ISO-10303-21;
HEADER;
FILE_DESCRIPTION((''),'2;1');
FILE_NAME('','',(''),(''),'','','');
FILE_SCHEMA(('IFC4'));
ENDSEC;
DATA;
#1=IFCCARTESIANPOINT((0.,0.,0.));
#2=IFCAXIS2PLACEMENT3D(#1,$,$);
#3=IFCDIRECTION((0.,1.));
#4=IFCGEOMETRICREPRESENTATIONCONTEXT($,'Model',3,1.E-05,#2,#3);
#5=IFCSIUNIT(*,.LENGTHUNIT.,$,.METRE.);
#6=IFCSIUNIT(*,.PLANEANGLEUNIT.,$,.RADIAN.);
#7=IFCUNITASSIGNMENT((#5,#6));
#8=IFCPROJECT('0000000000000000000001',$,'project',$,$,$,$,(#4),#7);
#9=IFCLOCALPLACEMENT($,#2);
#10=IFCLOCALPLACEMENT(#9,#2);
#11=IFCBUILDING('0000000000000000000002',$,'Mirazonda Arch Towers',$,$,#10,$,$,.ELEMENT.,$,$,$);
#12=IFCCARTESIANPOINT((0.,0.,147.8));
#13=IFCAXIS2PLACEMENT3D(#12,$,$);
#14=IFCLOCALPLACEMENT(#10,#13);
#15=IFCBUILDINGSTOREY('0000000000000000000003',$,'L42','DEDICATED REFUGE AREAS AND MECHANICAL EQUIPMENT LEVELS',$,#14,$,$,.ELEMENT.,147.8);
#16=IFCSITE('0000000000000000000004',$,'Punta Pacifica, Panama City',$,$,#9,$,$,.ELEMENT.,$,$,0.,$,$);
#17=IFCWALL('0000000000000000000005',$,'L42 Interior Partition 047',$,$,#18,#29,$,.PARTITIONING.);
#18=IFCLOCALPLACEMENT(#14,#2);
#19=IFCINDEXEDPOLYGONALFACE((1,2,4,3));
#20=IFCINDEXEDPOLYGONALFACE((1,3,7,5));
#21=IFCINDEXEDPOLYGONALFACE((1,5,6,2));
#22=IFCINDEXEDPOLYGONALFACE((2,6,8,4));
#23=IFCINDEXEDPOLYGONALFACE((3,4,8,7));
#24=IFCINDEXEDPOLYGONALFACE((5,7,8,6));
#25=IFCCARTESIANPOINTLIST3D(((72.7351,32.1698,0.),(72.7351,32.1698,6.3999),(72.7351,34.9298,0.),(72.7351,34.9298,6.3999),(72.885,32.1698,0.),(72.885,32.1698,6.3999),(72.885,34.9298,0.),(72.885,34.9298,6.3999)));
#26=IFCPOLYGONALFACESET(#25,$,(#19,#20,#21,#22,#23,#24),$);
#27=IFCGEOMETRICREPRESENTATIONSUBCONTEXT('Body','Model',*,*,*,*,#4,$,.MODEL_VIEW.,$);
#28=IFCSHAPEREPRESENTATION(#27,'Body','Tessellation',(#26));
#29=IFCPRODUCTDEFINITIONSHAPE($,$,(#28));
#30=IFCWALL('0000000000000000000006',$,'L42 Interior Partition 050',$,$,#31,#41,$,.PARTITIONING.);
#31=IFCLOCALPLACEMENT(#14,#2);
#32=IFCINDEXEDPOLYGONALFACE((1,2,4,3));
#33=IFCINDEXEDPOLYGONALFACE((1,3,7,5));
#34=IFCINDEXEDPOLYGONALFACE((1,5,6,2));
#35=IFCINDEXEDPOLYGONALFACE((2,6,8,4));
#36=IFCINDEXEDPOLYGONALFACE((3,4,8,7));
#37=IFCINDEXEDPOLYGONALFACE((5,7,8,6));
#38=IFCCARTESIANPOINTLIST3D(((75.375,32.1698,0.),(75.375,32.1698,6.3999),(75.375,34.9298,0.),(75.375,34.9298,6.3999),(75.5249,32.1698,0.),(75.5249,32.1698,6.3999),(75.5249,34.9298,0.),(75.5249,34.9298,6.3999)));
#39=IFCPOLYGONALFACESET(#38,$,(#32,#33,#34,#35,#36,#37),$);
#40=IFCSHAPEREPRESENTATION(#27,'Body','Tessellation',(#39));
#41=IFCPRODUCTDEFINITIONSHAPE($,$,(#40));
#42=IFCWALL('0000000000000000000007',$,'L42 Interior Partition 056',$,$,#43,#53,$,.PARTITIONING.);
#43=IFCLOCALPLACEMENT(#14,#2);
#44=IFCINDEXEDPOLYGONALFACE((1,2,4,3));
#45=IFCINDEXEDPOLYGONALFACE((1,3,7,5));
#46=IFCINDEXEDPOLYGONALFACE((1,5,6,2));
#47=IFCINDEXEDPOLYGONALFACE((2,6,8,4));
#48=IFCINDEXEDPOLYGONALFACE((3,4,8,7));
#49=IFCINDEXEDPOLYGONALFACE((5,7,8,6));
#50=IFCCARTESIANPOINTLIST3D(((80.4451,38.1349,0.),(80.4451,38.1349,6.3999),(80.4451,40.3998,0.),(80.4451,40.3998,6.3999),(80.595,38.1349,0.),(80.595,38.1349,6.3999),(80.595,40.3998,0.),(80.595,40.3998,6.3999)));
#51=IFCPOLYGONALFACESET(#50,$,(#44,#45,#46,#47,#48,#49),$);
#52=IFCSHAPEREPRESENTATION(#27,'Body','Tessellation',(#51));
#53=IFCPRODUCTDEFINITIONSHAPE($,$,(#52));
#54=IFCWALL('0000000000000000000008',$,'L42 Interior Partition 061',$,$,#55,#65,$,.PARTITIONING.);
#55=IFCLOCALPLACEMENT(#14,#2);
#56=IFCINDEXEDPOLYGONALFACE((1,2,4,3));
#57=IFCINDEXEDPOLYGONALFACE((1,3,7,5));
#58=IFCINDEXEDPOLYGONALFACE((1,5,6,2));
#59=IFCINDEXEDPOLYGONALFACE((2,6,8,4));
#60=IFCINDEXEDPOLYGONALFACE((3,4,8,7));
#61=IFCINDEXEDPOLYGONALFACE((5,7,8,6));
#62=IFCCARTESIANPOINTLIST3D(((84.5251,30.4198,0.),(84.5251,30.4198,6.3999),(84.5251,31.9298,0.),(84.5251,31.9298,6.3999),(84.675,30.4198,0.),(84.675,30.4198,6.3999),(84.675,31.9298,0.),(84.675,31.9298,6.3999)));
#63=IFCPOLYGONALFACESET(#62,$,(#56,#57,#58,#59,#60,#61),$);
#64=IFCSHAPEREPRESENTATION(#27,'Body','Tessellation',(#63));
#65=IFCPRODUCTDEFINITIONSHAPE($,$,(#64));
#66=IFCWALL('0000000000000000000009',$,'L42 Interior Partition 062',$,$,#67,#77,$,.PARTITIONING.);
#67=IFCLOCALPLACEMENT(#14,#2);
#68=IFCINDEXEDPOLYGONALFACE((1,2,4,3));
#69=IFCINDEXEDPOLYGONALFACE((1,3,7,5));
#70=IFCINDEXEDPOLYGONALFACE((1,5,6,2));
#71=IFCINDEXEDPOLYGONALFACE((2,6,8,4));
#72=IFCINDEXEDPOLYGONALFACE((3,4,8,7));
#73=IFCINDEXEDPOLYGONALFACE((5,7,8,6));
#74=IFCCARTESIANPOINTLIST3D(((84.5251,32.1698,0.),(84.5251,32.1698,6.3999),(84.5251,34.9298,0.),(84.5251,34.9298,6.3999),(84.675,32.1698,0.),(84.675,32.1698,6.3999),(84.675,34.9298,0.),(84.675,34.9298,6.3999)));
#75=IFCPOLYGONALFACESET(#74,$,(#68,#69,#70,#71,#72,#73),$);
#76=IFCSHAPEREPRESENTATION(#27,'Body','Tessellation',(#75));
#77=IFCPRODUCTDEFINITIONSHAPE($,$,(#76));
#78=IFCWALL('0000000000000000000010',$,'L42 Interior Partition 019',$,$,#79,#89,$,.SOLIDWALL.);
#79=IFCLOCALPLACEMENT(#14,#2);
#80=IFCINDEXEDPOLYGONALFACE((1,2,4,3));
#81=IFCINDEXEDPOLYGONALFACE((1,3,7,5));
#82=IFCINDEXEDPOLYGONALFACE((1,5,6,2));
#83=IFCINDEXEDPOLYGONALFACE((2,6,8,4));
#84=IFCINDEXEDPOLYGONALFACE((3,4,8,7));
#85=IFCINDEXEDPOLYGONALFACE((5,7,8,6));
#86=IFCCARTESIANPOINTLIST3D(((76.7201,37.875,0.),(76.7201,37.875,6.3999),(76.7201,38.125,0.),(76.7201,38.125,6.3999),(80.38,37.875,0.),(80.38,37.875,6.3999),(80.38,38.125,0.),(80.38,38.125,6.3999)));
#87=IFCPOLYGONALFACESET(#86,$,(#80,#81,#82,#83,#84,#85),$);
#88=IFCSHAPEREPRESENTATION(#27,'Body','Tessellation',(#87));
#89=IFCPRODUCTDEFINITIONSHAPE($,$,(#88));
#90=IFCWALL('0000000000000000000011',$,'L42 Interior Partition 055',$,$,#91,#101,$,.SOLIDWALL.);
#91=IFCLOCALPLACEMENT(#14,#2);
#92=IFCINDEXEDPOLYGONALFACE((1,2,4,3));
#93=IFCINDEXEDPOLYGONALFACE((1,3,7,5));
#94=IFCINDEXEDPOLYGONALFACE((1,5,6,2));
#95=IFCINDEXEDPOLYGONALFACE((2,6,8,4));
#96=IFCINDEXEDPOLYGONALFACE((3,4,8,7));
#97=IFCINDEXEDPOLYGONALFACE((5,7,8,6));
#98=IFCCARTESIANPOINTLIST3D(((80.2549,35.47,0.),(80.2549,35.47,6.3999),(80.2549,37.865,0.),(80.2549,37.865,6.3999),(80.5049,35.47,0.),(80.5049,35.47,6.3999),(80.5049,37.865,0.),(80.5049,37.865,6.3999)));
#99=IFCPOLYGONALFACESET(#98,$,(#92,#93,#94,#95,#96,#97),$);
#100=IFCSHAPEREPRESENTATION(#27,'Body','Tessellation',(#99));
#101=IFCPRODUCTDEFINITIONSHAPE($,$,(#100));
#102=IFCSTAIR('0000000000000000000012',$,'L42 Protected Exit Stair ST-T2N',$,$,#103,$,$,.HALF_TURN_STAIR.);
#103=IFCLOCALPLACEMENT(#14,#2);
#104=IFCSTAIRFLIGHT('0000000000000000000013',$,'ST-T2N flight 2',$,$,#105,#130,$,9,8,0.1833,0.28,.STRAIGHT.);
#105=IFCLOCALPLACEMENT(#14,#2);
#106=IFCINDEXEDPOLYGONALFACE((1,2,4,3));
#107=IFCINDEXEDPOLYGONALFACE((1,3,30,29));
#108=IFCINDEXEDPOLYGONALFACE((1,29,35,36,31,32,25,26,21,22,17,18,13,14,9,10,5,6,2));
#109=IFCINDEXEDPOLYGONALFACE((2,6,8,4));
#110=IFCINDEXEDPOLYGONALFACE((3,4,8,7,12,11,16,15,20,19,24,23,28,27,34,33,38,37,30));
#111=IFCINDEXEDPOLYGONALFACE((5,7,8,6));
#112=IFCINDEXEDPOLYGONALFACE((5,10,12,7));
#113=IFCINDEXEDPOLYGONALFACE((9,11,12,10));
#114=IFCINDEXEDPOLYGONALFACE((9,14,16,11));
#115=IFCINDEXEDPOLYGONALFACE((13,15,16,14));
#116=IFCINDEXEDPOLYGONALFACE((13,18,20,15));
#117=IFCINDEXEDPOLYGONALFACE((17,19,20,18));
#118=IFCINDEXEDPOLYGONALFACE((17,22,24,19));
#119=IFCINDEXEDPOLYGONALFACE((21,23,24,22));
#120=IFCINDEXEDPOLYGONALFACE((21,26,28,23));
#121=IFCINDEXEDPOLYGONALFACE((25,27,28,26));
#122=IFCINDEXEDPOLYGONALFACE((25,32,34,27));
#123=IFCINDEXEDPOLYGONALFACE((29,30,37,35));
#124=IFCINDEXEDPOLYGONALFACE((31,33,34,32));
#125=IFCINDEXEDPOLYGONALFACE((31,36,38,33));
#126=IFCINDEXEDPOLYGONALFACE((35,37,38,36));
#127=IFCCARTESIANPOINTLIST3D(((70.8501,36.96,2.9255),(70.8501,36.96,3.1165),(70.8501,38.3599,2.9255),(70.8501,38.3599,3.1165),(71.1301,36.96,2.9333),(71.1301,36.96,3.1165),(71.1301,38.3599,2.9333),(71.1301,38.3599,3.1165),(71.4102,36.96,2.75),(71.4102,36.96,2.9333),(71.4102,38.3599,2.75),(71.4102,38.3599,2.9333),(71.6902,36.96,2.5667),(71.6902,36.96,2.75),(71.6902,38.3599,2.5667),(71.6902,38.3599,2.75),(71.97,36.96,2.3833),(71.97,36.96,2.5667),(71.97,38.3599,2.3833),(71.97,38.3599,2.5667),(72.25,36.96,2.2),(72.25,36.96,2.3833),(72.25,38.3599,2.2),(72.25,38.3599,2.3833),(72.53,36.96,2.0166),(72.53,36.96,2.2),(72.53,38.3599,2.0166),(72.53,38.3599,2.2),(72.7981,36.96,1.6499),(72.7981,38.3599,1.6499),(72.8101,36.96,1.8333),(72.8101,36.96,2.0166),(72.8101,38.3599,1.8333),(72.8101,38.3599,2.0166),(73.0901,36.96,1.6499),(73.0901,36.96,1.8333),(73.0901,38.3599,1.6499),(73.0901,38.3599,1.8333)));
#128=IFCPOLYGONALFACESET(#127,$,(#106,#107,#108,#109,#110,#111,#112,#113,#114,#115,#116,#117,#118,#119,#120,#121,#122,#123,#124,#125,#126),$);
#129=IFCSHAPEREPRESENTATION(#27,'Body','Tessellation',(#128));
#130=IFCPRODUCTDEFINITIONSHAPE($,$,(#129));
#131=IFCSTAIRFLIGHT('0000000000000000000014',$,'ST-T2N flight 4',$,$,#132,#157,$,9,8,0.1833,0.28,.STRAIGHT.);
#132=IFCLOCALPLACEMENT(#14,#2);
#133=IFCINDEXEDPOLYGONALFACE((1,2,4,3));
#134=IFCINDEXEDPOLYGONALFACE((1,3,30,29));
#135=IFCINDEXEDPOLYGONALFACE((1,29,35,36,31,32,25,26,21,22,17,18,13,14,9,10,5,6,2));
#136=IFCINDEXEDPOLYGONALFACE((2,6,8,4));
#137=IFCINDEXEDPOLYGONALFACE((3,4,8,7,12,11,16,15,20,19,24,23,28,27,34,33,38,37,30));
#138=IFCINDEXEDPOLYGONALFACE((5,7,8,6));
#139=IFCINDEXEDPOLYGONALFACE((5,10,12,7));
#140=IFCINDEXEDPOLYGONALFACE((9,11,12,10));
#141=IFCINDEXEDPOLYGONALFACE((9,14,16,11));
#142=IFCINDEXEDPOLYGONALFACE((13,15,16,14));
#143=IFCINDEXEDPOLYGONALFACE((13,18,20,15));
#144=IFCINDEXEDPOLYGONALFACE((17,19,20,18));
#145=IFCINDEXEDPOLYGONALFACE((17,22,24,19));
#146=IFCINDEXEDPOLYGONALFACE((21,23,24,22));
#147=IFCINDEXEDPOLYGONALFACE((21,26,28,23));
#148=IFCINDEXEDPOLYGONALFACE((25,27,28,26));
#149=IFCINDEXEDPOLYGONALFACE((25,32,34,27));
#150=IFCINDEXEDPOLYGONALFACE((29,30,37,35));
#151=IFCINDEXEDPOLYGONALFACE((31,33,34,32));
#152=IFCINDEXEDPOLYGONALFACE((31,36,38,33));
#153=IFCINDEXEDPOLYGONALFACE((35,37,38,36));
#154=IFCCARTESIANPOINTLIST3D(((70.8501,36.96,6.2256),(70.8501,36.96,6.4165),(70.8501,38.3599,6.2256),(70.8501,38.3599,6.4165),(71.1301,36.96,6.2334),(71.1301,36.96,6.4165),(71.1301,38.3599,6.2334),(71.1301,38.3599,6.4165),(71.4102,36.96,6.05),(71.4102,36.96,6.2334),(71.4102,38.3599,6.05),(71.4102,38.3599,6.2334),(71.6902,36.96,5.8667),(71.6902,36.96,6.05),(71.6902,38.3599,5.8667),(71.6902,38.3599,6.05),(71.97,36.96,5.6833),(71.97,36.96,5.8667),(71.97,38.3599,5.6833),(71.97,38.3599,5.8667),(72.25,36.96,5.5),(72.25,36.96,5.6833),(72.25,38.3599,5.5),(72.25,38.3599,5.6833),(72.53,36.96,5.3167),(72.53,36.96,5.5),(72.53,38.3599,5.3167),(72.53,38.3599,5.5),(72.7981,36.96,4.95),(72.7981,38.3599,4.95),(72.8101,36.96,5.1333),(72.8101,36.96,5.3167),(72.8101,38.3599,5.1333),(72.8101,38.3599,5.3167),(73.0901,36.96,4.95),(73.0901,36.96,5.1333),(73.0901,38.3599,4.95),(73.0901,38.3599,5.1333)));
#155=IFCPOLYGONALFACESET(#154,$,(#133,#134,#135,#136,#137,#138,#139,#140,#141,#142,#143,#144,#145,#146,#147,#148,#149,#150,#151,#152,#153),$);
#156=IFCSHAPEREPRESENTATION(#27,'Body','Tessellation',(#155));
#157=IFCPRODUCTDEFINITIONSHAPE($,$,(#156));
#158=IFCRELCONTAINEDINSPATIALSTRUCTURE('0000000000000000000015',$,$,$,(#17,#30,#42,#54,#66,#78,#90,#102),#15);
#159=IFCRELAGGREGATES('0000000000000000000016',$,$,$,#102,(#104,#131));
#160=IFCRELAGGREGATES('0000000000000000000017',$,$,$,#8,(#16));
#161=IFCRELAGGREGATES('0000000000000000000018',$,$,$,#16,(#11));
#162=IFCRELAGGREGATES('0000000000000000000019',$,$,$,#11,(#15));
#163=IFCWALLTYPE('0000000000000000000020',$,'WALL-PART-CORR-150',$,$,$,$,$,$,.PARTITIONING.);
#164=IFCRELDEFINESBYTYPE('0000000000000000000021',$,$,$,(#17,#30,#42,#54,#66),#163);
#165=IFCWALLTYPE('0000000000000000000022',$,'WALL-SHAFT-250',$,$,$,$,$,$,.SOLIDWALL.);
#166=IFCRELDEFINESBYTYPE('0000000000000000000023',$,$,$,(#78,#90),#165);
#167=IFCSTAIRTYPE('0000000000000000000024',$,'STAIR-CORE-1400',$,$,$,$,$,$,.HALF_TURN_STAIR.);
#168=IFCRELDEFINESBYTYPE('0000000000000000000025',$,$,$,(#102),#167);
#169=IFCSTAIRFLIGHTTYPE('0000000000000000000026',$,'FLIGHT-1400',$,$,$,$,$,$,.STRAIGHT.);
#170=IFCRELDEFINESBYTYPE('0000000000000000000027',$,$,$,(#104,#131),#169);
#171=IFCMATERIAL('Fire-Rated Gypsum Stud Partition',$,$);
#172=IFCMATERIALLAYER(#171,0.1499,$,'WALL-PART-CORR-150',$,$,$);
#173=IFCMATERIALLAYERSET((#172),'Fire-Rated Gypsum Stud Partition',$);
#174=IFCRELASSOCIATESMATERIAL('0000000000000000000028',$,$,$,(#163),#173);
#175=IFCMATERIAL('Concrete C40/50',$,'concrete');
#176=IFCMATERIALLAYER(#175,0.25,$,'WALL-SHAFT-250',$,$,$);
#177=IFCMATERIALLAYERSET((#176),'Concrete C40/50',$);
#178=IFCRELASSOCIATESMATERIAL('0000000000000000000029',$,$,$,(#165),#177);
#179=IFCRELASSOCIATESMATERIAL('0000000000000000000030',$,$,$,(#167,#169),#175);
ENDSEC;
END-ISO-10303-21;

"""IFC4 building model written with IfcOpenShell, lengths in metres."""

from ifc_helpers import new_model, si_unit, direction, frame, frame_2d, origin, place, context, subcontext, project, spatial, polyline, rectangle, outline, extrude, material, layer, layer_set, type_object, element, aggregate, save


model = new_model("IFC4")

# Units and contexts
model_context = context("Model", 3, precision=1e-05, world=origin(), true_north=direction((0.0, 1.0)))
body_context = subcontext(model_context, "Body", "Model", "MODEL_VIEW")
ifc_project = project(units=[si_unit("LENGTHUNIT", "METRE"), si_unit("PLANEANGLEUNIT", "RADIAN")], contexts=[model_context])

# Site, building, storey
site_placement = place(None, origin())
site = spatial("IfcSite", under=ifc_project, at=site_placement, Name="Punta Pacifica, Panama City", CompositionType="ELEMENT", RefElevation=0.0)
building_placement = place(site_placement, origin())
building = spatial("IfcBuilding", under=site, at=building_placement, Name="Mirazonda Arch Towers", CompositionType="ELEMENT")
storey_placement = place(building_placement, frame((0.0, 0.0, 147.8)))
storey = spatial("IfcBuildingStorey", under=building, at=storey_placement, Name="L42", Description="DEDICATED REFUGE AREAS AND MECHANICAL EQUIPMENT LEVELS", CompositionType="ELEMENT", Elevation=147.8)

# Shared definitions
ifc_material_1 = material(Name="Concrete C40/50", Category="concrete")

# Walls
ifc_material_2 = material(Name="Fire-Rated Gypsum Stud Partition")
ifc_layer_1 = layer(ifc_material_2, 0.1499, Name="WALL-PART-CORR-150")
ifc_layer_set_1 = layer_set([ifc_layer_1], Name="Fire-Rated Gypsum Stud Partition")
wall_type_1 = type_object("IfcWallType", Name="WALL-PART-CORR-150", PredefinedType="PARTITIONING", material=ifc_layer_set_1)
for number, where, z_axis, x_axis, name in (
    (1, (72.8101, 32.1699, 0.0), (0.0, 0.0, 1.0), (0.0, 1.0, 0.0), "L42 Interior Partition 047"),
    (2, (75.45, 32.1699, 0.0), (0.0, 0.0, 1.0), (0.0, 1.0, 0.0), "L42 Interior Partition 050"),
):
    element("IfcWall", number, at=place(storey_placement, frame(where, z_axis=z_axis, x_axis=x_axis)), inside=storey, type_object=wall_type_1, Name=name, PredefinedType="PARTITIONING", context=body_context, shape_type="SweptSolid", body=[
        extrude(rectangle(XDim=2.76, YDim=0.1499, at=frame_2d((1.3799, 0.0))), origin(), (0.0, 0.0, 1.0), 6.3999),
    ])
wall_1_placement = place(storey_placement, frame((80.52, 38.135, 0.0), z_axis=(0.0, 0.0, 1.0), x_axis=(0.0, 1.0, 0.0)))
element("IfcWall", 3, at=wall_1_placement, inside=storey, type_object=wall_type_1, Name="L42 Interior Partition 056", PredefinedType="PARTITIONING", context=body_context, shape_type="SweptSolid", body=[
    extrude(rectangle(XDim=2.2649, YDim=0.1499, at=frame_2d((1.1323, 0.0))), origin(), (0.0, 0.0, 1.0), 6.3999),
])
wall_2_placement = place(storey_placement, frame((84.6001, 30.4199, 0.0), z_axis=(0.0, 0.0, 1.0), x_axis=(0.0, 1.0, 0.0)))
element("IfcWall", 4, at=wall_2_placement, inside=storey, type_object=wall_type_1, Name="L42 Interior Partition 061", PredefinedType="PARTITIONING", context=body_context, shape_type="SweptSolid", body=[
    extrude(rectangle(XDim=1.51, YDim=0.1499, at=frame_2d((0.7549, 0.0))), origin(), (0.0, 0.0, 1.0), 6.3999),
])
wall_3_placement = place(storey_placement, frame((84.6001, 32.1699, 0.0), z_axis=(0.0, 0.0, 1.0), x_axis=(0.0, 1.0, 0.0)))
element("IfcWall", 5, at=wall_3_placement, inside=storey, type_object=wall_type_1, Name="L42 Interior Partition 062", PredefinedType="PARTITIONING", context=body_context, shape_type="SweptSolid", body=[
    extrude(rectangle(XDim=2.76, YDim=0.1499, at=frame_2d((1.3799, 0.0))), origin(), (0.0, 0.0, 1.0), 6.3999),
])
ifc_layer_2 = layer(ifc_material_1, 0.25, Name="WALL-SHAFT-250")
ifc_layer_set_2 = layer_set([ifc_layer_2], Name="Concrete C40/50")
wall_type_2 = type_object("IfcWallType", Name="WALL-SHAFT-250", PredefinedType="SOLIDWALL", material=ifc_layer_set_2)
wall_4_placement = place(storey_placement, frame((76.72, 38.0, 0.0), z_axis=(0.0, 0.0, 1.0), x_axis=(1.0, 0.0, 0.0)))
element("IfcWall", 6, at=wall_4_placement, inside=storey, type_object=wall_type_2, Name="L42 Interior Partition 019", PredefinedType="SOLIDWALL", context=body_context, shape_type="SweptSolid", body=[
    extrude(rectangle(XDim=3.6599, YDim=0.25, at=frame_2d((1.8301, 0.0))), origin(), (0.0, 0.0, 1.0), 6.3999),
])
wall_5_placement = place(storey_placement, frame((80.3799, 35.47, 0.0), z_axis=(0.0, 0.0, 1.0), x_axis=(0.0, 1.0, 0.0)))
element("IfcWall", 7, at=wall_5_placement, inside=storey, type_object=wall_type_2, Name="L42 Interior Partition 055", PredefinedType="SOLIDWALL", context=body_context, shape_type="SweptSolid", body=[
    extrude(rectangle(XDim=2.395, YDim=0.25, at=frame_2d((1.1975, 0.0))), origin(), (0.0, 0.0, 1.0), 6.3999),
])

# Stair, stair flights
stair_type = type_object("IfcStairType", Name="STAIR-CORE-1400", PredefinedType="HALF_TURN_STAIR", material=ifc_material_1)
stair_placement = place(storey_placement, origin())
stair = element("IfcStair", 8, at=stair_placement, inside=storey, type_object=stair_type, Name="L42 Protected Exit Stair ST-T2N", PredefinedType="HALF_TURN_STAIR")
stair_flight_type = type_object("IfcStairFlightType", Name="FLIGHT-1400", PredefinedType="STRAIGHT", material=ifc_material_1)
stair_flight_1_placement = place(storey_placement, frame((73.0901, 37.6599, 1.6499), z_axis=(0.0, 0.0, 1.0), x_axis=(-1.0, 0.0, 0.0)))
stair_flight_1 = element("IfcStairFlight", 9, at=stair_flight_1_placement, type_object=stair_flight_type, Name="ST-T2N flight 2", NumberOfRisers=9, NumberOfTreads=8, PredefinedType="STRAIGHT", RiserHeight=0.1833, TreadLength=0.28, context=body_context, shape_type="SweptSolid", body=[
    extrude(outline(polyline([(0.0, 0.0), (0.0, 0.1833), (0.28, 0.1833), (0.28, 0.3667), (0.5601, 0.3667), (0.5601, 0.55), (0.8401, 0.55), (0.8401, 0.7334), (1.1201, 0.7334), (1.1201, 0.9167), (1.3999, 0.9167), (1.3999, 1.1001), (1.6799, 1.1001), (1.6799, 1.2834), (1.96, 1.2834), (1.96, 1.4666), (2.24, 1.4666), (2.24, 1.6499), (2.24, 1.2756), (0.292, 0.0), (0.0, 0.0)])), frame((0.0, 0.7, 0.0), z_axis=(0.0, -1.0, 0.0), x_axis=(1.0, 0.0, 0.0)), (0.0, 0.0, 1.0), 1.3999),
])
stair_flight_2_placement = place(storey_placement, frame((73.0901, 37.6599, 4.95), z_axis=(0.0, 0.0, 1.0), x_axis=(-1.0, 0.0, 0.0)))
stair_flight_2 = element("IfcStairFlight", 10, at=stair_flight_2_placement, type_object=stair_flight_type, Name="ST-T2N flight 4", NumberOfRisers=9, NumberOfTreads=8, PredefinedType="STRAIGHT", RiserHeight=0.1833, TreadLength=0.28, context=body_context, shape_type="SweptSolid", body=[
    extrude(outline(polyline([(0.0, 0.0), (0.0, 0.1833), (0.28, 0.1833), (0.28, 0.3667), (0.5601, 0.3667), (0.5601, 0.55), (0.8401, 0.55), (0.8401, 0.7334), (1.1201, 0.7334), (1.1201, 0.9167), (1.3999, 0.9167), (1.3999, 1.1001), (1.6799, 1.1001), (1.6799, 1.2834), (1.96, 1.2834), (1.96, 1.4666), (2.24, 1.4666), (2.24, 1.6499), (2.24, 1.2756), (0.292, 0.0), (0.0, 0.0)])), frame((0.0, 0.7, 0.0), z_axis=(0.0, -1.0, 0.0), x_axis=(1.0, 0.0, 0.0)), (0.0, 0.0, 1.0), 1.3999),
])
aggregate(stair, [stair_flight_1, stair_flight_2])

save(model, "model.ifc")
